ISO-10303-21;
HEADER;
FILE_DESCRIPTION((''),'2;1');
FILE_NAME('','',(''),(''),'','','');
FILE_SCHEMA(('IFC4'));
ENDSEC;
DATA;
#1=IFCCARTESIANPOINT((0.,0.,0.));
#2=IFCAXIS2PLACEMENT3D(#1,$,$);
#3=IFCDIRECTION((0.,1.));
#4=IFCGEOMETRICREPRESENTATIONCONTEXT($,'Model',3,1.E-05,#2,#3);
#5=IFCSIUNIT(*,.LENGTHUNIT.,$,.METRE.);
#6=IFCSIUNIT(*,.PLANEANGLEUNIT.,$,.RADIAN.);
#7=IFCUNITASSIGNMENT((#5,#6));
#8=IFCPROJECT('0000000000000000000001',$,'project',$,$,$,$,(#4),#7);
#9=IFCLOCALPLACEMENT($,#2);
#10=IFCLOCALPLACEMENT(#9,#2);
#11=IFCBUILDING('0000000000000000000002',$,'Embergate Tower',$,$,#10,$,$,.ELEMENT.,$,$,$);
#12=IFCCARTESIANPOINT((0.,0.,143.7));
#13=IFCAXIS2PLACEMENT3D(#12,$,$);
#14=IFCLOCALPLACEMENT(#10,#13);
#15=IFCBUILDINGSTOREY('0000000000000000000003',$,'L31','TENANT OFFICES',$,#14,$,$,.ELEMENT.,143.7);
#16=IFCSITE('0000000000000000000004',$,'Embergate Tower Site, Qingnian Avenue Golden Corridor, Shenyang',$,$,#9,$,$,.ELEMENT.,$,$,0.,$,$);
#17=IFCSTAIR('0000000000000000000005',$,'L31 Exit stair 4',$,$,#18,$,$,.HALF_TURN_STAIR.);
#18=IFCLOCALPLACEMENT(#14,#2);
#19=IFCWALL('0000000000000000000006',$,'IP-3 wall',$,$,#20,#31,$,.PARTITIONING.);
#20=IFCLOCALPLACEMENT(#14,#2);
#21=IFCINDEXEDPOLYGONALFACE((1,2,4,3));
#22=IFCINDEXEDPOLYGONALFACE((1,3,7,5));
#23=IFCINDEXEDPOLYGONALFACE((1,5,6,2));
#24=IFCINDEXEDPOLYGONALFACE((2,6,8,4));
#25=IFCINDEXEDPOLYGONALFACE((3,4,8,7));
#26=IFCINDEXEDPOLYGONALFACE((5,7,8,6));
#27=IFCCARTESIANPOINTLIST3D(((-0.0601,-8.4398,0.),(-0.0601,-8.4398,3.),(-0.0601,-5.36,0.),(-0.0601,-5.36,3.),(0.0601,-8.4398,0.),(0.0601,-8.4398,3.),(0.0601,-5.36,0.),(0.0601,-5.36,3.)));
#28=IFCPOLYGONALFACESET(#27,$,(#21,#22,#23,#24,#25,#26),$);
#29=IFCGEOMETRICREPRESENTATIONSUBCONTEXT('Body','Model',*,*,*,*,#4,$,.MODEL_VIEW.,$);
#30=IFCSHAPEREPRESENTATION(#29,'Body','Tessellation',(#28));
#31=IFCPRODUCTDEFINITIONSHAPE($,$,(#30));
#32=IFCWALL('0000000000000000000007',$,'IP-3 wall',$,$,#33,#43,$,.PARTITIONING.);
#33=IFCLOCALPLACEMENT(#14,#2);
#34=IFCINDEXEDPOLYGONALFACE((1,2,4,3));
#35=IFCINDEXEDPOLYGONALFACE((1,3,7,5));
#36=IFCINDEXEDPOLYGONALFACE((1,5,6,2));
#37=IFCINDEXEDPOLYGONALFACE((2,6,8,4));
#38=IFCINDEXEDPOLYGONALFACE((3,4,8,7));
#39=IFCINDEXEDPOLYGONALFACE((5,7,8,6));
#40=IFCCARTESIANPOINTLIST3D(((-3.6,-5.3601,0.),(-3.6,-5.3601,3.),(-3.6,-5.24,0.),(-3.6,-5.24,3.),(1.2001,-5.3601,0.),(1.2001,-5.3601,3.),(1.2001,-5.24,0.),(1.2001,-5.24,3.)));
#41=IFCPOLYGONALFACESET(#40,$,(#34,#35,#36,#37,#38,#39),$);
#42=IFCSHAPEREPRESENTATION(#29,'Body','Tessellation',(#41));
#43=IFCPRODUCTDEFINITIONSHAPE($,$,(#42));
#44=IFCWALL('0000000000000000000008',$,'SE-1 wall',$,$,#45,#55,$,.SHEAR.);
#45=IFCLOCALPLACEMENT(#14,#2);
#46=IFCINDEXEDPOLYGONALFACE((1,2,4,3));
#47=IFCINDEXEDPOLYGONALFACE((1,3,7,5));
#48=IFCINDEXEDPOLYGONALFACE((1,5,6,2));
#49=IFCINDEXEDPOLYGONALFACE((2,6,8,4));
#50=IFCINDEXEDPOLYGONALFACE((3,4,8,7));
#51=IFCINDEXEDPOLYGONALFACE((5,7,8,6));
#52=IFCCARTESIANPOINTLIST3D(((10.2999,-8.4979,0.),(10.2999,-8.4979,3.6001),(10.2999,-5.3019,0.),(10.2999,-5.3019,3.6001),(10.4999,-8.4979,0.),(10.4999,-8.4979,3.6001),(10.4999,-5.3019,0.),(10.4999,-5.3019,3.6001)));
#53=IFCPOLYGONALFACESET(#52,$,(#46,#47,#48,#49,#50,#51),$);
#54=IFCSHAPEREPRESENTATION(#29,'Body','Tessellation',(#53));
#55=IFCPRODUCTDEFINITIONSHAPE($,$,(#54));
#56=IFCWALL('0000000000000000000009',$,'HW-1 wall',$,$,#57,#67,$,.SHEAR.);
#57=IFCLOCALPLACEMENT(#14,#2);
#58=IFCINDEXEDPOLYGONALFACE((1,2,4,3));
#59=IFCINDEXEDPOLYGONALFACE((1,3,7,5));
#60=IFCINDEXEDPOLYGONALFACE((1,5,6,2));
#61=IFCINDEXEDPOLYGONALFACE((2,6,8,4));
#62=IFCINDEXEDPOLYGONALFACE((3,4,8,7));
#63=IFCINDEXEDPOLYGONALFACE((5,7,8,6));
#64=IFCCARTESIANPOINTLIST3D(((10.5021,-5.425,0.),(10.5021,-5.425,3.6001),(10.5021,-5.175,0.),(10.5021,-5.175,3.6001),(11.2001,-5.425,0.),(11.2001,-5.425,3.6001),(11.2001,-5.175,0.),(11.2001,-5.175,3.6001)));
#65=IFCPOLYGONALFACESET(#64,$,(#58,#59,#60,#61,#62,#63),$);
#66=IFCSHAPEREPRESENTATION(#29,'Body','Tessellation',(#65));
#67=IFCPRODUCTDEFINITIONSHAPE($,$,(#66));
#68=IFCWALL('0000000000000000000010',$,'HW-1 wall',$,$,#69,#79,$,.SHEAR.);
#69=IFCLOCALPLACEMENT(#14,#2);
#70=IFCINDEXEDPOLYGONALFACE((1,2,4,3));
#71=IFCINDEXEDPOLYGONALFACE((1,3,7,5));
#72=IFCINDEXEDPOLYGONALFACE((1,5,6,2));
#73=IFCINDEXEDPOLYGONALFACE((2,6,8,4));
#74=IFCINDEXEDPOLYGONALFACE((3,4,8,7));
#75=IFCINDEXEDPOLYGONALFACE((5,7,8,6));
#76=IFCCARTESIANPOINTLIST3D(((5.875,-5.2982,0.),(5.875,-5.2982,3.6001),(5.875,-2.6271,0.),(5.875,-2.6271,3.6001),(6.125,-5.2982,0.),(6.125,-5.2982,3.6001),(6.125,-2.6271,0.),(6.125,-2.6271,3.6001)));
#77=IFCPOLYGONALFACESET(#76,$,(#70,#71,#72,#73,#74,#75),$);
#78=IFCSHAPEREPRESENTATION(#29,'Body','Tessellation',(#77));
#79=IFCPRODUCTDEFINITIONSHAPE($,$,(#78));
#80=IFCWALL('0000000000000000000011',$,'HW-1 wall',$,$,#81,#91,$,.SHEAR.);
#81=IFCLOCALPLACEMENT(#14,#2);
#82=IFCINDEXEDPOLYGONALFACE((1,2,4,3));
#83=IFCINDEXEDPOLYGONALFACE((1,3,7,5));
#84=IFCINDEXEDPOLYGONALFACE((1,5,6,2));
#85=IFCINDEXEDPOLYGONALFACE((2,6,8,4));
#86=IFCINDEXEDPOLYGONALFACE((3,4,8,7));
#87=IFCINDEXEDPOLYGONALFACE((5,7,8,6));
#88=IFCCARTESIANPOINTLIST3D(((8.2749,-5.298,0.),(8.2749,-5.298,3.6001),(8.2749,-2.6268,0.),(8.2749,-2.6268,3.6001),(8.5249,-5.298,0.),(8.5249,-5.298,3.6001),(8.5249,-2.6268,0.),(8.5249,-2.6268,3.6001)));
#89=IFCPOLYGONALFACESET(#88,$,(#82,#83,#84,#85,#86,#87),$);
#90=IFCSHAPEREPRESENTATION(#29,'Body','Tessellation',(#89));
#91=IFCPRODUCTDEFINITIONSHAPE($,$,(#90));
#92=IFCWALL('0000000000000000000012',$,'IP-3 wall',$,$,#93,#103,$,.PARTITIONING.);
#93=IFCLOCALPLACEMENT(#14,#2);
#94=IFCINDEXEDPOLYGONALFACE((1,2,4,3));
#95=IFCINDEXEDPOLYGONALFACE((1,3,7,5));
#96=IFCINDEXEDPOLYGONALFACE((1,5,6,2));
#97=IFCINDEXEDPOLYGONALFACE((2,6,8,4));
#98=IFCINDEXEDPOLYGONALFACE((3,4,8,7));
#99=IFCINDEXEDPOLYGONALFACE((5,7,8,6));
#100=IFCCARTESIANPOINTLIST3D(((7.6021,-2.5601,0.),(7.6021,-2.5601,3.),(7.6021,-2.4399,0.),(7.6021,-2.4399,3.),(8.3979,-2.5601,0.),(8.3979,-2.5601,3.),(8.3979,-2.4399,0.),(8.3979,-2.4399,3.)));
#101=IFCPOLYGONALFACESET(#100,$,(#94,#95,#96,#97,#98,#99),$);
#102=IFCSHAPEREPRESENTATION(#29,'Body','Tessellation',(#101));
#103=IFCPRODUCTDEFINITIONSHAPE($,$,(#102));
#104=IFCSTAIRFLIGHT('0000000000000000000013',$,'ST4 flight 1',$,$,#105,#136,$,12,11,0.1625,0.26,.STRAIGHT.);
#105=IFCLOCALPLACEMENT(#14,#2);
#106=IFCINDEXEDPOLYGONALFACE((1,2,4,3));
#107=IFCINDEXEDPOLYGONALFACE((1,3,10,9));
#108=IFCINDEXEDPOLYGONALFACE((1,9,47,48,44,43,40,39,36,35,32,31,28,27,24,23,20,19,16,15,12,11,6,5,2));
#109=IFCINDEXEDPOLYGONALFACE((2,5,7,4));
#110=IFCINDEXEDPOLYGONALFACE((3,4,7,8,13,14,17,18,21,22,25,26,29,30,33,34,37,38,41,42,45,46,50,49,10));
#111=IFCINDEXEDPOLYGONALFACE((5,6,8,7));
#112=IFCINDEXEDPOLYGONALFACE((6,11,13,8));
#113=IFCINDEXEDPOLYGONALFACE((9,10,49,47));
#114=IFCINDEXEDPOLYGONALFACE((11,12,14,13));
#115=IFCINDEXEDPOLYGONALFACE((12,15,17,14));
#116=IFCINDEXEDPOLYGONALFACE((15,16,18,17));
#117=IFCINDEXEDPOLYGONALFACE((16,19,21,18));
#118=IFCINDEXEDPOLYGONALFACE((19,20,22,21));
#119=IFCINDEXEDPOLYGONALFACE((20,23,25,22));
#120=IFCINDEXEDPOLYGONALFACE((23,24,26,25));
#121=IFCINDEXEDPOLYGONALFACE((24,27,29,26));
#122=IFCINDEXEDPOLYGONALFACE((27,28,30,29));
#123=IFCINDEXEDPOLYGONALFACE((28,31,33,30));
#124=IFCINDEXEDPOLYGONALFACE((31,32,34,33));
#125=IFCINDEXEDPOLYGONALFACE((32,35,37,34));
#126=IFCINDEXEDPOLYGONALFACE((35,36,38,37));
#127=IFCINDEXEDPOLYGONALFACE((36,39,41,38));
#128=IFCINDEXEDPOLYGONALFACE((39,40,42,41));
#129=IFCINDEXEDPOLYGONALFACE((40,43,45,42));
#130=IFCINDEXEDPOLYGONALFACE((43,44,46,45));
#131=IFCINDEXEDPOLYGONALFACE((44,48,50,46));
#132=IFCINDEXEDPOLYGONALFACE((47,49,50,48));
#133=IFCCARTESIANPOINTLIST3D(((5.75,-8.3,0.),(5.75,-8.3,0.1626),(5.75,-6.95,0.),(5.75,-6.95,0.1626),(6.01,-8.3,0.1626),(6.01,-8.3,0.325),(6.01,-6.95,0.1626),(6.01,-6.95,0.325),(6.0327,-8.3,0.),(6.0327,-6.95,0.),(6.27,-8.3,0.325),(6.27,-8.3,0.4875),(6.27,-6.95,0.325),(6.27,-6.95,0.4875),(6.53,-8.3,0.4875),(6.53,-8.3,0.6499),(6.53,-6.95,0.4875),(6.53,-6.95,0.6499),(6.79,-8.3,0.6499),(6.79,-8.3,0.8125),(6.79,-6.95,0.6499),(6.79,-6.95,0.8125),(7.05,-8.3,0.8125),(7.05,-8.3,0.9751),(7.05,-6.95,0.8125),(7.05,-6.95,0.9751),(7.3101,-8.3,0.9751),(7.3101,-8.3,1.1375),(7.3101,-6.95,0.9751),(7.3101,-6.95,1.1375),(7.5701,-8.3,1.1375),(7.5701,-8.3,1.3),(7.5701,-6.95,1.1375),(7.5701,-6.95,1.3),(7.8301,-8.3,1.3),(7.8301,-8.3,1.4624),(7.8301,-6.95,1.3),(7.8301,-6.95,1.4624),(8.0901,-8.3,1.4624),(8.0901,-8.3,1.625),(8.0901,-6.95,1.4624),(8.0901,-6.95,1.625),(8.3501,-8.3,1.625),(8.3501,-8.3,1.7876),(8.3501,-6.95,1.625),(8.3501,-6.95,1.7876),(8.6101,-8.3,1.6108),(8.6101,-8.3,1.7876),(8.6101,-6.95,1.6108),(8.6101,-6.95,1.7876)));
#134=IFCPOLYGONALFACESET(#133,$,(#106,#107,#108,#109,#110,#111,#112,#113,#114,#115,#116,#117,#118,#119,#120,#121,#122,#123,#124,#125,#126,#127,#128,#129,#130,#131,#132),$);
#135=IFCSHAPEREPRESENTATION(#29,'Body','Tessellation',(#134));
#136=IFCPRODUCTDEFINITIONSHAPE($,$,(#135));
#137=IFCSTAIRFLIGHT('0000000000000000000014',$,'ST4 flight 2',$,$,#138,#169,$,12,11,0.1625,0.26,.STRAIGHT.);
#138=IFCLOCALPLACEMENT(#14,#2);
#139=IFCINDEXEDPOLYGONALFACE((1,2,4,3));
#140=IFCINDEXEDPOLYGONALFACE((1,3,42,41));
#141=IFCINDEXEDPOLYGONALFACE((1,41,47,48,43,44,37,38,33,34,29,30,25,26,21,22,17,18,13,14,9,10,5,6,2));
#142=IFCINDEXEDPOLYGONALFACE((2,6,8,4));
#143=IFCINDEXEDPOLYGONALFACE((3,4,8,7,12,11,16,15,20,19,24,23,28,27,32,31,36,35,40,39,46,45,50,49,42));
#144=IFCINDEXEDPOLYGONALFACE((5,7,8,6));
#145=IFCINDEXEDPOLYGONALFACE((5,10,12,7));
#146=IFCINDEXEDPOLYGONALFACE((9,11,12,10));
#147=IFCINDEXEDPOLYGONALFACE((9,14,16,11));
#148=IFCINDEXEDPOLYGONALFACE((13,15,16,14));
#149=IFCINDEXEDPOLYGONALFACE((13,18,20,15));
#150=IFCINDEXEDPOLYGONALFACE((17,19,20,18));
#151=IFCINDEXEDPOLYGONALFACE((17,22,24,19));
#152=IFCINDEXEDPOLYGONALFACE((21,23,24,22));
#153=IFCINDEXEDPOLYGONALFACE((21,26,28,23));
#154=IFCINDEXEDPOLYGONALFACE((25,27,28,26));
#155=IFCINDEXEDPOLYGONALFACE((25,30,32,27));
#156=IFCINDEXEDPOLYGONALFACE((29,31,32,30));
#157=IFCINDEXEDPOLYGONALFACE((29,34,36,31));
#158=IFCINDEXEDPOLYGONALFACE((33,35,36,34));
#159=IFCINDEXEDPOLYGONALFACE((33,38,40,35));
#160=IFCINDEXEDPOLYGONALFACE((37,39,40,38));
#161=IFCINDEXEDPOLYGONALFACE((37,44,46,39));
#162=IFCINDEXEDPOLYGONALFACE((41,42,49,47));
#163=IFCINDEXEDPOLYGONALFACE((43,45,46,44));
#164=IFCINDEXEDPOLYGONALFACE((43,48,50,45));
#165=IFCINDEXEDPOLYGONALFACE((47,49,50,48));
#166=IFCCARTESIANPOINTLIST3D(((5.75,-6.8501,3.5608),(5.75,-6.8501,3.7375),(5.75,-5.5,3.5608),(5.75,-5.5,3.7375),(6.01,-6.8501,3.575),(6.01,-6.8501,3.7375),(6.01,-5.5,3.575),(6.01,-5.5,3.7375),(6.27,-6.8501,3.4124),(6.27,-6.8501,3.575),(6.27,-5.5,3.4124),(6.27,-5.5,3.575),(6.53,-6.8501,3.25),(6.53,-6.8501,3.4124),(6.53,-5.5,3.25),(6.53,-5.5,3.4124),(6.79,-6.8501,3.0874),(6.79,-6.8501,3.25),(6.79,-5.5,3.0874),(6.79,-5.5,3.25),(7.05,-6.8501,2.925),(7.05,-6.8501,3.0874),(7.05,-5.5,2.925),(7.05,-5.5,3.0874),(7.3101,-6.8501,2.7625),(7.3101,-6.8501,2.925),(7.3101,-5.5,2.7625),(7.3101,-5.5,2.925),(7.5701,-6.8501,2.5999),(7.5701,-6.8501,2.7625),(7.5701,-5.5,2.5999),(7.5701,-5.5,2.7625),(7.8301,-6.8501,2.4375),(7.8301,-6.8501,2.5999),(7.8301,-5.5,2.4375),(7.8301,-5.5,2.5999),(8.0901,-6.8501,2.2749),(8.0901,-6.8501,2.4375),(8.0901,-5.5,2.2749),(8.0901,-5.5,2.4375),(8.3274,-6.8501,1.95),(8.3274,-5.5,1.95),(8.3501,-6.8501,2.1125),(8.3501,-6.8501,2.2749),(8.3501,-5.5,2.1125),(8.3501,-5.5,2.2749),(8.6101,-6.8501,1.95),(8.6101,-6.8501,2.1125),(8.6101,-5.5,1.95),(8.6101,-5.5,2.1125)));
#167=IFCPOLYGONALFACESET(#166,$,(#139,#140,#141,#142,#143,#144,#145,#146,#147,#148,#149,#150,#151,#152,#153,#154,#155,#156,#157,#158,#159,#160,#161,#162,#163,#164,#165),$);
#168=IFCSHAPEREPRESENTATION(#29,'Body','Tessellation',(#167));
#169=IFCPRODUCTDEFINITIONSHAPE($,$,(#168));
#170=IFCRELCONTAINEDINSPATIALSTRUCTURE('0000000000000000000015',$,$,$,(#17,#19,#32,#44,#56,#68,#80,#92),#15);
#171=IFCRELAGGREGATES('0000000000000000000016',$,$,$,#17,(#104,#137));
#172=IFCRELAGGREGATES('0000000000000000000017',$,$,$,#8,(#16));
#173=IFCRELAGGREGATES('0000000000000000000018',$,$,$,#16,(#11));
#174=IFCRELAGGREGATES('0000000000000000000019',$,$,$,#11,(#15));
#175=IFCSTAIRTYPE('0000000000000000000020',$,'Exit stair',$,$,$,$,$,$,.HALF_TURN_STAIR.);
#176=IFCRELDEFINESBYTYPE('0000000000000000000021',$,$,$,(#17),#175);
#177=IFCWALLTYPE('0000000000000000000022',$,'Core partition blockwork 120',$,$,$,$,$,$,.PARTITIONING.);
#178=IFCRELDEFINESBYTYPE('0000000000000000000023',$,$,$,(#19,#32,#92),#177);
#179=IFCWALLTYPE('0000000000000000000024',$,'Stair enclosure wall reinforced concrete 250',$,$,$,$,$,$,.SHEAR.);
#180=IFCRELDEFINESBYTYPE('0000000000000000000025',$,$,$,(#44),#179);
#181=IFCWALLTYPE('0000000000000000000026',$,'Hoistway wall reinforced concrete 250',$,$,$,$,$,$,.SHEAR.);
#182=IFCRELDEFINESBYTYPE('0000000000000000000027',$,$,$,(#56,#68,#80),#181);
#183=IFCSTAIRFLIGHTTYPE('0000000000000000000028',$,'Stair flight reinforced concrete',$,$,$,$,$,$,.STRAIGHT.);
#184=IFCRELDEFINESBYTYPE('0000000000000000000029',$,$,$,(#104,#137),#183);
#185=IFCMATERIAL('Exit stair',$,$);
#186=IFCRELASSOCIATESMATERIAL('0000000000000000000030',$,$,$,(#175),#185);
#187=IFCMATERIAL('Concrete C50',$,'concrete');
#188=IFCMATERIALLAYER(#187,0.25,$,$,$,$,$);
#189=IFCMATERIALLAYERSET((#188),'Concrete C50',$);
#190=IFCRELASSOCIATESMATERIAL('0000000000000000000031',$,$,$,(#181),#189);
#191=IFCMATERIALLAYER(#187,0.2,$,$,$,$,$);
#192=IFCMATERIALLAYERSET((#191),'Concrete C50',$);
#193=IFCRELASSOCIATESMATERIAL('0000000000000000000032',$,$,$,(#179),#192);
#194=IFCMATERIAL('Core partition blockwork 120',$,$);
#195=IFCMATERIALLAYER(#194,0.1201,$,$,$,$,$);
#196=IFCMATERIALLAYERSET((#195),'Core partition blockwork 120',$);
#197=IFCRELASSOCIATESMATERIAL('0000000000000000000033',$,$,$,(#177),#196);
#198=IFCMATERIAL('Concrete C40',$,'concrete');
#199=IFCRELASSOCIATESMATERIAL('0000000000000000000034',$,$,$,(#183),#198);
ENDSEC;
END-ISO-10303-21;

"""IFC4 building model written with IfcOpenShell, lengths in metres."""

from ifc_helpers import new_model, si_unit, direction, frame, frame_2d, origin, place, context, subcontext, project, spatial, polyline, rectangle, outline, extrude, source, transform, mapped, material, layer, layer_set, type_object, element, aggregate, save


model = new_model("IFC4")

# Units and contexts
model_context = context("Model", 3, precision=1e-05, world=origin(), true_north=direction((0.0, 1.0)))
body_context = subcontext(model_context, "Body", "Model", "MODEL_VIEW")
ifc_project = project(units=[si_unit("LENGTHUNIT", "METRE"), si_unit("PLANEANGLEUNIT", "RADIAN")], contexts=[model_context])

# Site, building, storey
site_placement = place(None, origin())
site = spatial("IfcSite", under=ifc_project, at=site_placement, Name="Embergate Tower Site, Qingnian Avenue Golden Corridor, Shenyang", CompositionType="ELEMENT", RefElevation=0.0)
building_placement = place(site_placement, origin())
building = spatial("IfcBuilding", under=site, at=building_placement, Name="Embergate Tower", CompositionType="ELEMENT")
storey_placement = place(building_placement, frame((0.0, 0.0, 143.7)))
storey = spatial("IfcBuildingStorey", under=building, at=storey_placement, Name="L31", Description="TENANT OFFICES", CompositionType="ELEMENT", Elevation=143.7)

# Stair
ifc_material_1 = material(Name="Exit stair")
stair_type = type_object("IfcStairType", Name="Exit stair", PredefinedType="HALF_TURN_STAIR", material=ifc_material_1)
stair_placement = place(storey_placement, origin())
stair = element("IfcStair", 1, at=stair_placement, inside=storey, type_object=stair_type, Name="L31 Exit stair 4", PredefinedType="HALF_TURN_STAIR")
ifc_material_2 = material(Name="Concrete C40", Category="concrete")

# Shared definitions
ifc_material_3 = material(Name="Concrete C50", Category="concrete")
ifc_layer_1 = layer(ifc_material_3, 0.25)
ifc_layer_set_1 = layer_set([ifc_layer_1], Name="Concrete C50")
wall_type_1 = type_object("IfcWallType", Name="Hoistway wall reinforced concrete 250", PredefinedType="SHEAR", material=ifc_layer_set_1)
ifc_layer_2 = layer(ifc_material_3, 0.2)
ifc_layer_set_2 = layer_set([ifc_layer_2], Name="Concrete C50")
wall_type_2 = type_object("IfcWallType", Name="Stair enclosure wall reinforced concrete 250", PredefinedType="SHEAR", material=ifc_layer_set_2)

# Walls
ifc_material_4 = material(Name="Core partition blockwork 120")
ifc_layer_3 = layer(ifc_material_4, 0.1201)
ifc_layer_set_3 = layer_set([ifc_layer_3], Name="Core partition blockwork 120")
wall_type_3 = type_object("IfcWallType", Name="Core partition blockwork 120", PredefinedType="PARTITIONING", material=ifc_layer_set_3)
shared_shape_1 = source(origin(), body_context, "Body", "SweptSolid", [
    extrude(rectangle(XDim=3.0798, YDim=0.1201, at=frame_2d((1.54, 0.0))), origin(), (0.0, 0.0, 1.0), 3.0),
])
wall_1_placement = place(storey_placement, frame((0.0, -8.4399, 0.0), z_axis=(0.0, 0.0, 1.0), x_axis=(0.0, 1.0, 0.0)))
element("IfcWall", 2, at=wall_1_placement, inside=storey, type_object=wall_type_3, Name="IP-3 wall", PredefinedType="PARTITIONING", context=body_context, shape_type="MappedRepresentation", body=[
    mapped(shared_shape_1, transform((0.0, 0.0, 0.0))),
])
shared_shape_2 = source(origin(), body_context, "Body", "SweptSolid", [
    extrude(rectangle(XDim=4.8, YDim=0.1201, at=frame_2d((2.3999, 0.0))), origin(), (0.0, 0.0, 1.0), 3.0),
])
wall_2_placement = place(storey_placement, frame((1.2, -5.3, 0.0), z_axis=(0.0, 0.0, 1.0), x_axis=(-1.0, 0.0, 0.0)))
element("IfcWall", 3, at=wall_2_placement, inside=storey, type_object=wall_type_3, Name="IP-3 wall", PredefinedType="PARTITIONING", context=body_context, shape_type="MappedRepresentation", body=[
    mapped(shared_shape_2, transform((0.0, 0.0, 0.0))),
])
shared_shape_3 = source(origin(), body_context, "Body", "SweptSolid", [
    extrude(rectangle(XDim=3.196, YDim=0.2, at=frame_2d((1.5981, 0.0))), origin(), (0.0, 0.0, 1.0), 3.6001),
])
wall_3_placement = place(storey_placement, frame((10.3999, -8.498, 0.0), z_axis=(0.0, 0.0, 1.0), x_axis=(0.0, 1.0, 0.0)))
element("IfcWall", 4, at=wall_3_placement, inside=storey, type_object=wall_type_2, Name="SE-1 wall", PredefinedType="SHEAR", context=body_context, shape_type="MappedRepresentation", body=[
    mapped(shared_shape_3, transform((0.0, 0.0, 0.0))),
])
shared_shape_4 = source(origin(), body_context, "Body", "SweptSolid", [
    extrude(rectangle(XDim=0.698, YDim=0.25, at=frame_2d((0.3491, 0.0))), origin(), (0.0, 0.0, 1.0), 3.6001),
])
wall_4_placement = place(storey_placement, frame((10.502, -5.3, 0.0), z_axis=(0.0, 0.0, 1.0), x_axis=(1.0, 0.0, 0.0)))
element("IfcWall", 5, at=wall_4_placement, inside=storey, type_object=wall_type_1, Name="HW-1 wall", PredefinedType="SHEAR", context=body_context, shape_type="MappedRepresentation", body=[
    mapped(shared_shape_4, transform((0.0, 0.0, 0.0))),
])
shared_shape_5 = source(origin(), body_context, "Body", "SweptSolid", [
    extrude(rectangle(XDim=2.6711, YDim=0.25, at=frame_2d((1.3354, 0.0))), origin(), (0.0, 0.0, 1.0), 3.6001),
])
for number, where, z_axis, x_axis, name in (
    (6, (6.0, -5.2981, 0.0), (0.0, 0.0, 1.0), (0.0, 1.0, 0.0), "HW-1 wall"),
    (7, (8.3999, -2.627, 0.0), (0.0, 0.0, 1.0), (0.0, -1.0, 0.0), "HW-1 wall"),
):
    element("IfcWall", number, at=place(storey_placement, frame(where, z_axis=z_axis, x_axis=x_axis)), inside=storey, type_object=wall_type_1, Name=name, PredefinedType="SHEAR", context=body_context, shape_type="MappedRepresentation", body=[
        mapped(shared_shape_5, transform((0.0, 0.0, 0.0))),
    ])
shared_shape_6 = source(origin(), body_context, "Body", "SweptSolid", [
    extrude(rectangle(XDim=0.7959, YDim=0.1201, at=frame_2d((0.3979, 0.0))), origin(), (0.0, 0.0, 1.0), 3.0),
])
wall_5_placement = place(storey_placement, frame((7.6021, -2.5, 0.0), z_axis=(0.0, 0.0, 1.0), x_axis=(1.0, 0.0, 0.0)))
element("IfcWall", 8, at=wall_5_placement, inside=storey, type_object=wall_type_3, Name="IP-3 wall", PredefinedType="PARTITIONING", context=body_context, shape_type="MappedRepresentation", body=[
    mapped(shared_shape_6, transform((0.0, 0.0, 0.0))),
])

# Stair flights
stair_flight_type = type_object("IfcStairFlightType", Name="Stair flight reinforced concrete", PredefinedType="STRAIGHT", material=ifc_material_2)
shared_shape_7 = source(origin(), body_context, "Body", "SweptSolid", [
    extrude(outline(polyline([(0.0, 0.0), (0.0, 0.1626), (0.26, 0.1626), (0.26, 0.325), (0.52, 0.325), (0.52, 0.4875), (0.78, 0.4875), (0.78, 0.6499), (1.04, 0.6499), (1.04, 0.8125), (1.3, 0.8125), (1.3, 0.9751), (1.5601, 0.9751), (1.5601, 1.1375), (1.8201, 1.1375), (1.8201, 1.3), (2.0801, 1.3), (2.0801, 1.4624), (2.3401, 1.4624), (2.3401, 1.625), (2.6001, 1.625), (2.6001, 1.7876), (2.8601, 1.7876), (2.8601, 1.95), (2.8601, 1.6108), (0.2827, 0.0), (0.0, 0.0)])), frame((0.0, 0.675, 0.0), z_axis=(0.0, -1.0, 0.0), x_axis=(1.0, 0.0, 0.0)), (0.0, 0.0, 1.0), 1.3501),
])
stair_flight_1_placement = place(storey_placement, frame((5.75, -7.625, 0.0), z_axis=(0.0, 0.0, 1.0), x_axis=(1.0, 0.0, 0.0)))
stair_flight_1 = element("IfcStairFlight", 9, at=stair_flight_1_placement, type_object=stair_flight_type, Name="ST4 flight 1", NumberOfRisers=12, NumberOfTreads=11, PredefinedType="STRAIGHT", RiserHeight=0.1625, TreadLength=0.26, context=body_context, shape_type="MappedRepresentation", body=[
    mapped(shared_shape_7, transform((0.0, 0.0, 0.0))),
])
stair_flight_2_placement = place(storey_placement, frame((8.6101, -6.175, 1.95), z_axis=(0.0, 0.0, 1.0), x_axis=(-1.0, 0.0, 0.0)))
stair_flight_2 = element("IfcStairFlight", 10, at=stair_flight_2_placement, type_object=stair_flight_type, Name="ST4 flight 2", NumberOfRisers=12, NumberOfTreads=11, PredefinedType="STRAIGHT", RiserHeight=0.1625, TreadLength=0.26, context=body_context, shape_type="MappedRepresentation", body=[
    mapped(shared_shape_7, transform((0.0, 0.0, 0.0))),
])
aggregate(stair, [stair_flight_1, stair_flight_2])

save(model, "model.ifc")
